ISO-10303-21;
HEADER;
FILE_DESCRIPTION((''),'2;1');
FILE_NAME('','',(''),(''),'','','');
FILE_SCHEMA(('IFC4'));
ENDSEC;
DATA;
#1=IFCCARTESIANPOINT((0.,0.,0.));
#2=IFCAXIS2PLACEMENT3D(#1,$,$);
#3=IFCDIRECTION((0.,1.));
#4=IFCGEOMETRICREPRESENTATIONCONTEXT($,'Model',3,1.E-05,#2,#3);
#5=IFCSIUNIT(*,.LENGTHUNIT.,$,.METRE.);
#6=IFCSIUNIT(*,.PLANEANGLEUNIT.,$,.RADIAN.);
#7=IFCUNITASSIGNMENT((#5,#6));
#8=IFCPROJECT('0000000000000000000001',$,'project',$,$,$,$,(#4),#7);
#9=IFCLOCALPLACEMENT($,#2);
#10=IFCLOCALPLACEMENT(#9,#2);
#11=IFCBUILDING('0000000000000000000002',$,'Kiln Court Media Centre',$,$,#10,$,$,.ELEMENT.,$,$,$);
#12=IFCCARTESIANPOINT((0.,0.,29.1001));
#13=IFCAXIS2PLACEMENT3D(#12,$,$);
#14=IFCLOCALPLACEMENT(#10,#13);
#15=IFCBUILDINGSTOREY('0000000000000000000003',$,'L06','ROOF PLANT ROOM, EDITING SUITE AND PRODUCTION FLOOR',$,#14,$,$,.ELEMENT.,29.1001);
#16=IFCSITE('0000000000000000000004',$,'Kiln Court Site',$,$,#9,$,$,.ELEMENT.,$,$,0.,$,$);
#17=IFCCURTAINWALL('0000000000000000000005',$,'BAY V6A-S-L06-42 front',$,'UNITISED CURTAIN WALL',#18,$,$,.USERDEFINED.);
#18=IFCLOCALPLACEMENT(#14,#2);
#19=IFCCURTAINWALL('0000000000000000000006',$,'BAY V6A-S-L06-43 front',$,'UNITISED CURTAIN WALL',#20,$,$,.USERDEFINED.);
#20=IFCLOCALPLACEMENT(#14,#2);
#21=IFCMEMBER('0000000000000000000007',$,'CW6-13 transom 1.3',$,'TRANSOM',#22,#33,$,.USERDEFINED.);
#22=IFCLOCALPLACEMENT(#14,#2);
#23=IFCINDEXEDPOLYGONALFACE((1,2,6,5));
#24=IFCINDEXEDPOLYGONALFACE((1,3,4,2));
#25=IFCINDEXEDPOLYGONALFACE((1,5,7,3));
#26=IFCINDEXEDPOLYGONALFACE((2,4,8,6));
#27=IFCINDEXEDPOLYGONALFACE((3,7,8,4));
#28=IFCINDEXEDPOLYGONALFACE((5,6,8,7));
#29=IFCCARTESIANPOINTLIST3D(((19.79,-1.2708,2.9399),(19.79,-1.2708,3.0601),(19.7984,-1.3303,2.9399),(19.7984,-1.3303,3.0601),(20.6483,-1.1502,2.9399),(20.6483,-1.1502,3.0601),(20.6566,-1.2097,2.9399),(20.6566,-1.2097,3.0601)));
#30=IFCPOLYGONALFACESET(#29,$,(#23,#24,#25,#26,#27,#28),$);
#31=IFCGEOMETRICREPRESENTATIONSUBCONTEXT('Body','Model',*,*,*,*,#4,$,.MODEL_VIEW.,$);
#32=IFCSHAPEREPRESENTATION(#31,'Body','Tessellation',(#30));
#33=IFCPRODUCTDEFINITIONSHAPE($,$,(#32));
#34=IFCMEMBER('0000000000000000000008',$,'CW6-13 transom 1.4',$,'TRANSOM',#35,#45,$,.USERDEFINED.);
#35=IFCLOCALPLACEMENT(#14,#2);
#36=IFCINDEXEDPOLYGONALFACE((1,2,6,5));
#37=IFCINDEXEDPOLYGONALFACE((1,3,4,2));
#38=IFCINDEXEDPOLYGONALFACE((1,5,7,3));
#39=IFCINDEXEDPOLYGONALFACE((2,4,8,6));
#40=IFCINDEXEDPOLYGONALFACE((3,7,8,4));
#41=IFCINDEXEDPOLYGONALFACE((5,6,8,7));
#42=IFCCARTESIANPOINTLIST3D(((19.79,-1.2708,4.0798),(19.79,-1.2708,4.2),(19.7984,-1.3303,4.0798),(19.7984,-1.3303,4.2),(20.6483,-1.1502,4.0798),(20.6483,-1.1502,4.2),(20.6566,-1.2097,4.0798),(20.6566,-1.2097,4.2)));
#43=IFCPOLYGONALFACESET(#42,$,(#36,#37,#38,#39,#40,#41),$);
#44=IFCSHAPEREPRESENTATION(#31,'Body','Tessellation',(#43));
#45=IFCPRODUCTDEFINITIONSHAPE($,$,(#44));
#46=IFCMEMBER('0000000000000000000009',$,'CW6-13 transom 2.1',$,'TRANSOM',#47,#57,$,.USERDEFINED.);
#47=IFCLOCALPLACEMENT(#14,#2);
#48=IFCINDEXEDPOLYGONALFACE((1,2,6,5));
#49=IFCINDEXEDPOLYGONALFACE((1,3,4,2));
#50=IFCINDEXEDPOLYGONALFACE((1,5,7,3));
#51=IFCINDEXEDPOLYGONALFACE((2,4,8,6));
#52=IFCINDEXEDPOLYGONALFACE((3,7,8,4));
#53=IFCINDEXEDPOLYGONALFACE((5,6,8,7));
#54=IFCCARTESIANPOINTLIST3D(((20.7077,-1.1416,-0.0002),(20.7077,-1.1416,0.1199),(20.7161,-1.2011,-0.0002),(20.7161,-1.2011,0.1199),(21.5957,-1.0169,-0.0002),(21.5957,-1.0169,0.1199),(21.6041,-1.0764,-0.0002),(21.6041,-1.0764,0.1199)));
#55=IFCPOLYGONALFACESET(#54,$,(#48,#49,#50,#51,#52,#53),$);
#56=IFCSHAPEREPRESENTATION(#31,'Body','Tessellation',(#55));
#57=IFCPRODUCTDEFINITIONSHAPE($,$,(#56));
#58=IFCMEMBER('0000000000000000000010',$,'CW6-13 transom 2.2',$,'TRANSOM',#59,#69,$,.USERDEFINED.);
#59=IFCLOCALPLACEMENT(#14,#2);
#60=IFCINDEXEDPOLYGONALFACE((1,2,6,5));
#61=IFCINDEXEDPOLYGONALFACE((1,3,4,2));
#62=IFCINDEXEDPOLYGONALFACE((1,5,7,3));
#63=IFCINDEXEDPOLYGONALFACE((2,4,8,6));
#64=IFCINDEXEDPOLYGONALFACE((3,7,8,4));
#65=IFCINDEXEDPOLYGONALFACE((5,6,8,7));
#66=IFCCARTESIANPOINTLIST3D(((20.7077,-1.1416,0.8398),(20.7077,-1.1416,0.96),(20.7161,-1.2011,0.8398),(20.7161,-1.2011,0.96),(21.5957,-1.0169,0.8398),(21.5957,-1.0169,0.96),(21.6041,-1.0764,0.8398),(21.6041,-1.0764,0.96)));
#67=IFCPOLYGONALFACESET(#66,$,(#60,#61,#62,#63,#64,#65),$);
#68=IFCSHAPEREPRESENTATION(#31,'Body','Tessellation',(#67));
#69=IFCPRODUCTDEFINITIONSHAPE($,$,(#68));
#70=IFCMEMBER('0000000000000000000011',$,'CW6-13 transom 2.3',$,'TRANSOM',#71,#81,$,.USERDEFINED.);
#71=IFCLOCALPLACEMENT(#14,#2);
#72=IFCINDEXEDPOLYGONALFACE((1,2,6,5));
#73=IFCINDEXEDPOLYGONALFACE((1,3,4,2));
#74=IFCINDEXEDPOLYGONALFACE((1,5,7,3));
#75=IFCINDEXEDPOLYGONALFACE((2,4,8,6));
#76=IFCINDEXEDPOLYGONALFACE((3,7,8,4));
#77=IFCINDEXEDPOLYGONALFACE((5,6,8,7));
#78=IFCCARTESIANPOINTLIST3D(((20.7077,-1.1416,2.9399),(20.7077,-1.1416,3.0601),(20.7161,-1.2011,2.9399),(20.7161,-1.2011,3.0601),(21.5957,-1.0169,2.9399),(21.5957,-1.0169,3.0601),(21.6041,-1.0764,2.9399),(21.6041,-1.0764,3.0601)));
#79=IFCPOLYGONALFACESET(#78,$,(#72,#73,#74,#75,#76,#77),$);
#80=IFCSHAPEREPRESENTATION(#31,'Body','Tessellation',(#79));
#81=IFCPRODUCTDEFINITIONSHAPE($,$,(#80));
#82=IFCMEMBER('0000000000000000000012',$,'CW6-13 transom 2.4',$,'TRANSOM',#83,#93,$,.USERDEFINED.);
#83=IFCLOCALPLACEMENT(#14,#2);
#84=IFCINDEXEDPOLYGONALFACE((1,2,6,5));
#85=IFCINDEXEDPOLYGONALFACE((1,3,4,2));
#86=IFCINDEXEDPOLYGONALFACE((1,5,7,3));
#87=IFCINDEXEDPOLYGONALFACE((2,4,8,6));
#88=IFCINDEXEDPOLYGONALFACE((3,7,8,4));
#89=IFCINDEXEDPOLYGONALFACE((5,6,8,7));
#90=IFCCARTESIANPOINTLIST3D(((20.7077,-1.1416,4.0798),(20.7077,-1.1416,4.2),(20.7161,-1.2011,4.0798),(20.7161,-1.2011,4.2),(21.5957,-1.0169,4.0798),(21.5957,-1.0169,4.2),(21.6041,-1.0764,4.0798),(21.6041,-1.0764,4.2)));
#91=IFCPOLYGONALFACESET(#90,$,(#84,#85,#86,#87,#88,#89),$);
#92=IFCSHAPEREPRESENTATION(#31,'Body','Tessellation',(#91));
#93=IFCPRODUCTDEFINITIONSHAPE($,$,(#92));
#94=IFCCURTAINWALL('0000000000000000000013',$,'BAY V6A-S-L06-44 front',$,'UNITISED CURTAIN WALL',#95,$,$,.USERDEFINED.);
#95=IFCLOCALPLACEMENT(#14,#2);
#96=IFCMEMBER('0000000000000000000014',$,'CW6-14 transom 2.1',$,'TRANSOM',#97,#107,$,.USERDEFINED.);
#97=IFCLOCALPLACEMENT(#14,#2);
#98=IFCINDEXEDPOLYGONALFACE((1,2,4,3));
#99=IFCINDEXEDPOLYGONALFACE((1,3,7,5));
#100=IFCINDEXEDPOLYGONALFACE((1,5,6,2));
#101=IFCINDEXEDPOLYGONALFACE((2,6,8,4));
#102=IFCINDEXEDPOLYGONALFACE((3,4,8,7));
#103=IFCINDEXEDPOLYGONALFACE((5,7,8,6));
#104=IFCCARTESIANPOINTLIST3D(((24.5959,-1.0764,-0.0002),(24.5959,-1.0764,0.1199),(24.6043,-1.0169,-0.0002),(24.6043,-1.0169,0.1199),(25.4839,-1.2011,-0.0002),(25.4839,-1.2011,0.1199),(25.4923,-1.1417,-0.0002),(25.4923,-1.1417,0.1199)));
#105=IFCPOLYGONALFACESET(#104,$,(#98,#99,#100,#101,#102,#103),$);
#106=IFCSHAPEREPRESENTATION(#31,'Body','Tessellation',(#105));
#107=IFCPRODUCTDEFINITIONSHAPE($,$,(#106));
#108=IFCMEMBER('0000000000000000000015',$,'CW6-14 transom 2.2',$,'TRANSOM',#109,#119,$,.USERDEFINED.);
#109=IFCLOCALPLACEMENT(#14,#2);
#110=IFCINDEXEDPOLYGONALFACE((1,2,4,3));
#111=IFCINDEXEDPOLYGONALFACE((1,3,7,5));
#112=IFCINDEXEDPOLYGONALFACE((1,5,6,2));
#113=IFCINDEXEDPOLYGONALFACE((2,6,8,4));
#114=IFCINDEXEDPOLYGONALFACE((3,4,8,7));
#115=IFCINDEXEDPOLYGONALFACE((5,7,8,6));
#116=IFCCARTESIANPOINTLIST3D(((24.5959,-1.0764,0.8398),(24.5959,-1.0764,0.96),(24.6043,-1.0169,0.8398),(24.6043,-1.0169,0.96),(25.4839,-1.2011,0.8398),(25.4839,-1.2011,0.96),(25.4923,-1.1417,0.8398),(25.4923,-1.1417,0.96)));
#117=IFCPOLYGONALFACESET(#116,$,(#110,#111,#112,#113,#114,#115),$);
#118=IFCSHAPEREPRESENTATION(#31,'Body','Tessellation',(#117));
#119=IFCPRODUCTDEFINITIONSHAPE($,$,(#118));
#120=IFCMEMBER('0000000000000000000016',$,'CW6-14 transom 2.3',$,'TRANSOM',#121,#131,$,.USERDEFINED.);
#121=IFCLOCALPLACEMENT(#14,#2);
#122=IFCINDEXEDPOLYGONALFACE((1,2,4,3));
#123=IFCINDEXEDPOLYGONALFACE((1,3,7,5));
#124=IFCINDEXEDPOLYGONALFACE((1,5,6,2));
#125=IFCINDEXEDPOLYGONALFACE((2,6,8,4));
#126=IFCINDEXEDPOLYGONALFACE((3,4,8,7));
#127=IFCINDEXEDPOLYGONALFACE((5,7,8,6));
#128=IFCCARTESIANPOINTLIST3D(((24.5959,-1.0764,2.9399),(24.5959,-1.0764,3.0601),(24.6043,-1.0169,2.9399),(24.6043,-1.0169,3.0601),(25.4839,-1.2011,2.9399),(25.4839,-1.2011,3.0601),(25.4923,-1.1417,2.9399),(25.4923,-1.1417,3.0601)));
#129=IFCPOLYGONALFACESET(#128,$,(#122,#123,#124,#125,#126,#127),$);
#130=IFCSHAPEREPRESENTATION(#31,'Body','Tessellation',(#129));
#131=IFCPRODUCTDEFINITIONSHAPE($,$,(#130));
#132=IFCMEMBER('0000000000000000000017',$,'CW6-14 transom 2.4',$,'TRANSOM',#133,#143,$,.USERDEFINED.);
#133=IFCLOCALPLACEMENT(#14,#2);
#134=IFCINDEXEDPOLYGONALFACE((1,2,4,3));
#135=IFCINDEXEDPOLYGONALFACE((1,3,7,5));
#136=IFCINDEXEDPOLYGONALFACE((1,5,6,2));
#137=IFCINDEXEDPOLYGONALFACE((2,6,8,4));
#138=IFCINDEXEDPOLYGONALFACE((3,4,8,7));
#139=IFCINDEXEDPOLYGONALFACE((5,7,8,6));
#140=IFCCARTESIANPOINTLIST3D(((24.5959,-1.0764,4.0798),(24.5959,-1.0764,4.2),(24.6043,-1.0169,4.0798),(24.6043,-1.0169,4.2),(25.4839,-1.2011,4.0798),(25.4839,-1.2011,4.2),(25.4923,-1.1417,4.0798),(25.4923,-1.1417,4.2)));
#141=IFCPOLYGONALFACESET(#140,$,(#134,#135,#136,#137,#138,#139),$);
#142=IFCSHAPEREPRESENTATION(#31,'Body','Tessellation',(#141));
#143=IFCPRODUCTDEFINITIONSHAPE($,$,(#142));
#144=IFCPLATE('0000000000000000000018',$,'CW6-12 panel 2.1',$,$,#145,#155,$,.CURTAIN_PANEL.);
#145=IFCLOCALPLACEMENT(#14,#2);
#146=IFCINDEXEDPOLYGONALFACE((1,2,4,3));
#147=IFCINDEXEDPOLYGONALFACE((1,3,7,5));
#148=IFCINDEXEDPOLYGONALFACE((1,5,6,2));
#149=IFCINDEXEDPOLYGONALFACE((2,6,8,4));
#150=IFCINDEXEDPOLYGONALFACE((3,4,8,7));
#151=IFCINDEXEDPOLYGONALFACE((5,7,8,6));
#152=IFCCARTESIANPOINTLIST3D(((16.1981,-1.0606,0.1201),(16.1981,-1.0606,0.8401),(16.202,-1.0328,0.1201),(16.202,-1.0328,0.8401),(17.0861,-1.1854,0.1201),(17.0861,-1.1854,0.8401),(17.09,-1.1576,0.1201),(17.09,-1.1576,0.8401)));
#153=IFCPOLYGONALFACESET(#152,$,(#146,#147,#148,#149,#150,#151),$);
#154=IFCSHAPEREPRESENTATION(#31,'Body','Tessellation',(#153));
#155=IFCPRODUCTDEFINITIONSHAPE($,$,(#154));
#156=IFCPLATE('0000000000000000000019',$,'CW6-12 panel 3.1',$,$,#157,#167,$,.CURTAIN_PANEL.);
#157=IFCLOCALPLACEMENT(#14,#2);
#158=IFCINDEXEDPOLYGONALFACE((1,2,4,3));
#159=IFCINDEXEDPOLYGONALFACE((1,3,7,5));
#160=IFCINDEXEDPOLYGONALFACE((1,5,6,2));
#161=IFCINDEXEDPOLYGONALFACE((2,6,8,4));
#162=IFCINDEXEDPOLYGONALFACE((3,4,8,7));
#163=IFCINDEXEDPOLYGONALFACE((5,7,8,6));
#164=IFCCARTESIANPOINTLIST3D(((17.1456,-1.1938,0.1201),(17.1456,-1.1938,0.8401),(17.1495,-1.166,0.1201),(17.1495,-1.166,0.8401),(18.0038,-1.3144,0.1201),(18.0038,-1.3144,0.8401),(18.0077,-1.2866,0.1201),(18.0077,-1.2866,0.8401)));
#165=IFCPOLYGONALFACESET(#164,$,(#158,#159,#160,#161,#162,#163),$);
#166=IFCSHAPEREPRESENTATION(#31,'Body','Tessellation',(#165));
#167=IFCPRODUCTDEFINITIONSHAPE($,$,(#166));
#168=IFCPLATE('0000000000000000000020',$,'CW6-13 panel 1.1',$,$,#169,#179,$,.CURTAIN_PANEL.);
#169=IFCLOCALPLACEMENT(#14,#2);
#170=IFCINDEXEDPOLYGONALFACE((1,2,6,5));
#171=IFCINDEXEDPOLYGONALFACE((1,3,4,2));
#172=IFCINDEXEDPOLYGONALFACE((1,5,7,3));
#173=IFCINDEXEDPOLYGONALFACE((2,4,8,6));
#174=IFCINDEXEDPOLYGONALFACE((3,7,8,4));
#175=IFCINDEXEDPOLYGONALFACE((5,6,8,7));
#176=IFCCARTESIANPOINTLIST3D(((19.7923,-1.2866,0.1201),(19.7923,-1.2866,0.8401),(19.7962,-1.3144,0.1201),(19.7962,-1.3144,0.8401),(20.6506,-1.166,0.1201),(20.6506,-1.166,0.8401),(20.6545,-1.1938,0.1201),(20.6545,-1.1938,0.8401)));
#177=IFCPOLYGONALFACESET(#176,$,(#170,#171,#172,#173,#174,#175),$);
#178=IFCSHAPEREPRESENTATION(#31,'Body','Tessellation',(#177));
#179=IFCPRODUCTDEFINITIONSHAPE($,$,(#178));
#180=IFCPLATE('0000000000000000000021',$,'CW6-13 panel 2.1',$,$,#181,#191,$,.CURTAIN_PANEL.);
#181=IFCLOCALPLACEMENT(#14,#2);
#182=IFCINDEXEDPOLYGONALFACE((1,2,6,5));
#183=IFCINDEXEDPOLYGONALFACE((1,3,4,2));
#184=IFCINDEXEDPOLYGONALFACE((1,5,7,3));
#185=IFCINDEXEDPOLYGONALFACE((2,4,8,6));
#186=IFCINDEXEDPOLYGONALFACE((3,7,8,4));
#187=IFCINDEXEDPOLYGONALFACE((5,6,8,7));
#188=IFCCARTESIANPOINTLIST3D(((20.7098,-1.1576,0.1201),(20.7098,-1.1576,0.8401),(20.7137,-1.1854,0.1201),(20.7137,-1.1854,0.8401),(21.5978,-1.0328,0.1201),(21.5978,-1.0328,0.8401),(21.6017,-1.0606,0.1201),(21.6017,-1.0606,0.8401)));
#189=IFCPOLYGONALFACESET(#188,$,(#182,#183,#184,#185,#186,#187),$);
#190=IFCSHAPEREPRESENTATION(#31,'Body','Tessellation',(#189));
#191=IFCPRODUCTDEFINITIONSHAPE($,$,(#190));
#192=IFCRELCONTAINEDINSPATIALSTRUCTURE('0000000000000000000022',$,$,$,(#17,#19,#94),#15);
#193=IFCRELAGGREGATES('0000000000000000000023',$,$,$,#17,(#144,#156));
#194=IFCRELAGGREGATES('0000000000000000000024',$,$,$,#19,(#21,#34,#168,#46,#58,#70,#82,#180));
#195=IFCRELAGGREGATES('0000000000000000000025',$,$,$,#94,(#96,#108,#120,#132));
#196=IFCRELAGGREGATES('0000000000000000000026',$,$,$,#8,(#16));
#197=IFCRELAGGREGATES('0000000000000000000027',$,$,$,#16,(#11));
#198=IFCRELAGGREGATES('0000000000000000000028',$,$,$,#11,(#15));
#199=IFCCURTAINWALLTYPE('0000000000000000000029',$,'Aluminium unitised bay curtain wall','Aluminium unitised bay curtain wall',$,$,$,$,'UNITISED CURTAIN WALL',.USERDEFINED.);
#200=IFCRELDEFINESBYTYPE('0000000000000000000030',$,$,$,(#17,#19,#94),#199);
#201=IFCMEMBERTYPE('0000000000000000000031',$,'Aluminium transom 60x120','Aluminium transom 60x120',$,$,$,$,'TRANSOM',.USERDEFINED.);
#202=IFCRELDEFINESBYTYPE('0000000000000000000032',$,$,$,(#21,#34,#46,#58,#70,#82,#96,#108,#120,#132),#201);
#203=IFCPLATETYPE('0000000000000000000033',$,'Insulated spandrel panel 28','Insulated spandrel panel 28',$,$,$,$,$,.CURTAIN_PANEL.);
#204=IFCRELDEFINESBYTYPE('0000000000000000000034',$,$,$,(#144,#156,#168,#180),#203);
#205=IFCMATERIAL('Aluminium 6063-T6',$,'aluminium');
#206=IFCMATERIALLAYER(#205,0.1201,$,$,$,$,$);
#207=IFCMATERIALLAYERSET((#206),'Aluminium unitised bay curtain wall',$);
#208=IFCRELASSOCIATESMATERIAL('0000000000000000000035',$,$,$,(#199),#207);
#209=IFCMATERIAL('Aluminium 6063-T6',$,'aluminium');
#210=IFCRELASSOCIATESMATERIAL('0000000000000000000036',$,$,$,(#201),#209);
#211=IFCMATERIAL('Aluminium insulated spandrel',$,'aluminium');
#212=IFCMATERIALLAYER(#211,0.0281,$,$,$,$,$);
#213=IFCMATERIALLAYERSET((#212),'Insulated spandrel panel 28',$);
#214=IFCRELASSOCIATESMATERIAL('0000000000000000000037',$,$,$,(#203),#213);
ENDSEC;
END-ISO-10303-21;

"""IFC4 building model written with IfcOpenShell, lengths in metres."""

from ifc_helpers import new_model, si_unit, direction, frame, origin, origin_2d, place, context, subcontext, project, spatial, rectangle, extrude, material, layer, layer_set, material_profile, profile_set, type_object, element, aggregate, save


model = new_model("IFC4")

# Units and contexts
model_context = context("Model", 3, precision=1e-05, world=origin(), true_north=direction((0.0, 1.0)))
body_context = subcontext(model_context, "Body", "Model", "MODEL_VIEW")
ifc_project = project(units=[si_unit("LENGTHUNIT", "METRE"), si_unit("PLANEANGLEUNIT", "RADIAN")], contexts=[model_context])

# Site, building, storey
site_placement = place(None, origin())
site = spatial("IfcSite", under=ifc_project, at=site_placement, Name="Kiln Court Site", CompositionType="ELEMENT", RefElevation=0.0)
building_placement = place(site_placement, origin())
building = spatial("IfcBuilding", under=site, at=building_placement, Name="Kiln Court Media Centre", CompositionType="ELEMENT")
storey_placement = place(building_placement, frame((0.0, 0.0, 29.1001)))
storey = spatial("IfcBuildingStorey", under=building, at=storey_placement, Name="L06", Description="ROOF PLANT ROOM, EDITING SUITE AND PRODUCTION FLOOR", CompositionType="ELEMENT", Elevation=29.1001)

# Curtain walls
ifc_material_1 = material(Name="Aluminium 6063-T6", Category="aluminium")
ifc_layer_1 = layer(ifc_material_1, 0.1201)
ifc_layer_set_1 = layer_set([ifc_layer_1], Name="Aluminium unitised bay curtain wall")
curtain_wall_type = type_object("IfcCurtainWallType", Name="Aluminium unitised bay curtain wall", Description="Aluminium unitised bay curtain wall", ElementType="UNITISED CURTAIN WALL", PredefinedType="USERDEFINED", material=ifc_layer_set_1)
curtain_wall_1_placement = place(storey_placement, origin())
curtain_wall_1 = element("IfcCurtainWall", 1, at=curtain_wall_1_placement, inside=storey, type_object=curtain_wall_type, Name="BAY V6A-S-L06-42 front", ObjectType="UNITISED CURTAIN WALL", PredefinedType="USERDEFINED")
curtain_wall_2_placement = place(storey_placement, origin())
curtain_wall_2 = element("IfcCurtainWall", 2, at=curtain_wall_2_placement, inside=storey, type_object=curtain_wall_type, Name="BAY V6A-S-L06-43 front", ObjectType="UNITISED CURTAIN WALL", PredefinedType="USERDEFINED")

# Members
ifc_material_2 = material(Name="Aluminium 6063-T6", Category="aluminium")
ifc_material_profile_1 = material_profile(ifc_material_2, rectangle(XDim=0.0601, YDim=0.1201, at=origin_2d()), Name="Aluminium transom 60x120")
ifc_profile_set_1 = profile_set([ifc_material_profile_1], Name="Aluminium 6063-T6")
member_type_1 = type_object("IfcMemberType", Name="Aluminium transom 60x120", Description="Aluminium transom 60x120", ElementType="TRANSOM", PredefinedType="USERDEFINED", material=ifc_profile_set_1)
member_1_placement = place(storey_placement, frame((19.7942, -1.3005, 3.0), z_axis=(0.990268, 0.139173, 0.0), x_axis=(-0.139173, 0.990268, 0.0)))
member_1 = element("IfcMember", 3, at=member_1_placement, type_object=member_type_1, Name="CW6-13 transom 1.3", ObjectType="TRANSOM", PredefinedType="USERDEFINED", context=body_context, shape_type="SweptSolid", body=[
    extrude(rectangle(XDim=0.0601, YDim=0.1201, at=origin_2d()), origin(), (0.0, 0.0, 1.0), 0.8667),
])
member_2_placement = place(storey_placement, frame((19.7942, -1.3005, 4.1399), z_axis=(0.990268, 0.139173, 0.0), x_axis=(-0.139173, 0.990268, 0.0)))
member_2 = element("IfcMember", 4, at=member_2_placement, type_object=member_type_1, Name="CW6-13 transom 1.4", ObjectType="TRANSOM", PredefinedType="USERDEFINED", context=body_context, shape_type="SweptSolid", body=[
    extrude(rectangle(XDim=0.0601, YDim=0.1201, at=origin_2d()), origin(), (0.0, 0.0, 1.0), 0.8667),
])
member_3_placement = place(storey_placement, frame((20.7119, -1.1714, 0.0598), z_axis=(0.990274, 0.139134, 0.0), x_axis=(-0.139134, 0.990274, 0.0)))
member_3 = element("IfcMember", 5, at=member_3_placement, type_object=member_type_1, Name="CW6-13 transom 2.1", ObjectType="TRANSOM", PredefinedType="USERDEFINED", context=body_context, shape_type="SweptSolid", body=[
    extrude(rectangle(XDim=0.0601, YDim=0.1201, at=origin_2d()), origin(), (0.0, 0.0, 1.0), 0.8967),
])
member_4_placement = place(storey_placement, frame((20.7119, -1.1714, 0.8999), z_axis=(0.990274, 0.139134, 0.0), x_axis=(-0.139134, 0.990274, 0.0)))
member_4 = element("IfcMember", 6, at=member_4_placement, type_object=member_type_1, Name="CW6-13 transom 2.2", ObjectType="TRANSOM", PredefinedType="USERDEFINED", context=body_context, shape_type="SweptSolid", body=[
    extrude(rectangle(XDim=0.0601, YDim=0.1201, at=origin_2d()), origin(), (0.0, 0.0, 1.0), 0.8967),
])
member_5_placement = place(storey_placement, frame((20.7119, -1.1714, 3.0), z_axis=(0.990274, 0.139134, 0.0), x_axis=(-0.139134, 0.990274, 0.0)))
member_5 = element("IfcMember", 7, at=member_5_placement, type_object=member_type_1, Name="CW6-13 transom 2.3", ObjectType="TRANSOM", PredefinedType="USERDEFINED", context=body_context, shape_type="SweptSolid", body=[
    extrude(rectangle(XDim=0.0601, YDim=0.1201, at=origin_2d()), origin(), (0.0, 0.0, 1.0), 0.8967),
])
member_6_placement = place(storey_placement, frame((20.7119, -1.1714, 4.1399), z_axis=(0.990274, 0.139134, 0.0), x_axis=(-0.139134, 0.990274, 0.0)))
member_6 = element("IfcMember", 8, at=member_6_placement, type_object=member_type_1, Name="CW6-13 transom 2.4", ObjectType="TRANSOM", PredefinedType="USERDEFINED", context=body_context, shape_type="SweptSolid", body=[
    extrude(rectangle(XDim=0.0601, YDim=0.1201, at=origin_2d()), origin(), (0.0, 0.0, 1.0), 0.8967),
])

# Curtain wall, members
curtain_wall_3_placement = place(storey_placement, origin())
curtain_wall_3 = element("IfcCurtainWall", 9, at=curtain_wall_3_placement, inside=storey, type_object=curtain_wall_type, Name="BAY V6A-S-L06-44 front", ObjectType="UNITISED CURTAIN WALL", PredefinedType="USERDEFINED")
member_7_placement = place(storey_placement, frame((24.6001, -1.0466, 0.0598), z_axis=(0.990274, -0.139134, 0.0), x_axis=(0.139134, 0.990274, 0.0)))
member_7 = element("IfcMember", 10, at=member_7_placement, type_object=member_type_1, Name="CW6-14 transom 2.1", ObjectType="TRANSOM", PredefinedType="USERDEFINED", context=body_context, shape_type="SweptSolid", body=[
    extrude(rectangle(XDim=0.0601, YDim=0.1201, at=origin_2d()), origin(), (0.0, 0.0, 1.0), 0.8967),
])
member_8_placement = place(storey_placement, frame((24.6001, -1.0466, 0.8999), z_axis=(0.990274, -0.139134, 0.0), x_axis=(0.139134, 0.990274, 0.0)))
member_8 = element("IfcMember", 11, at=member_8_placement, type_object=member_type_1, Name="CW6-14 transom 2.2", ObjectType="TRANSOM", PredefinedType="USERDEFINED", context=body_context, shape_type="SweptSolid", body=[
    extrude(rectangle(XDim=0.0601, YDim=0.1201, at=origin_2d()), origin(), (0.0, 0.0, 1.0), 0.8967),
])
member_9_placement = place(storey_placement, frame((24.6001, -1.0466, 3.0), z_axis=(0.990274, -0.139134, 0.0), x_axis=(0.139134, 0.990274, 0.0)))
member_9 = element("IfcMember", 12, at=member_9_placement, type_object=member_type_1, Name="CW6-14 transom 2.3", ObjectType="TRANSOM", PredefinedType="USERDEFINED", context=body_context, shape_type="SweptSolid", body=[
    extrude(rectangle(XDim=0.0601, YDim=0.1201, at=origin_2d()), origin(), (0.0, 0.0, 1.0), 0.8967),
])
member_10_placement = place(storey_placement, frame((24.6001, -1.0466, 4.1399), z_axis=(0.990274, -0.139134, 0.0), x_axis=(0.139134, 0.990274, 0.0)))
member_10 = element("IfcMember", 13, at=member_10_placement, type_object=member_type_1, Name="CW6-14 transom 2.4", ObjectType="TRANSOM", PredefinedType="USERDEFINED", context=body_context, shape_type="SweptSolid", body=[
    extrude(rectangle(XDim=0.0601, YDim=0.1201, at=origin_2d()), origin(), (0.0, 0.0, 1.0), 0.8967),
])

# Plates
ifc_material_3 = material(Name="Aluminium insulated spandrel", Category="aluminium")
ifc_layer_2 = layer(ifc_material_3, 0.0281)
ifc_layer_set_2 = layer_set([ifc_layer_2], Name="Insulated spandrel panel 28")
plate_type_1 = type_object("IfcPlateType", Name="Insulated spandrel panel 28", Description="Insulated spandrel panel 28", PredefinedType="CURTAIN_PANEL", material=ifc_layer_set_2)
plate_1_placement = place(storey_placement, frame((16.644, -1.1091, 0.1201), z_axis=(0.0, 0.0, 1.0), x_axis=(0.99027, -0.139162, 0.0)))
plate_1 = element("IfcPlate", 14, at=plate_1_placement, type_object=plate_type_1, Name="CW6-12 panel 2.1", PredefinedType="CURTAIN_PANEL", context=body_context, shape_type="SweptSolid", body=[
    extrude(rectangle(XDim=0.8967, YDim=0.0281, at=origin_2d()), origin(), (0.0, 0.0, 1.0), 0.72),
])
plate_2_placement = place(storey_placement, frame((17.5767, -1.2402, 0.1201), z_axis=(0.0, 0.0, 1.0), x_axis=(0.99027, -0.139162, 0.0)))
plate_2 = element("IfcPlate", 15, at=plate_2_placement, type_object=plate_type_1, Name="CW6-12 panel 3.1", PredefinedType="CURTAIN_PANEL", context=body_context, shape_type="SweptSolid", body=[
    extrude(rectangle(XDim=0.8667, YDim=0.0281, at=origin_2d()), origin(), (0.0, 0.0, 1.0), 0.72),
])
plate_3_placement = place(storey_placement, frame((20.2234, -1.2402, 0.1201), z_axis=(0.0, 0.0, 1.0), x_axis=(0.99027, 0.139162, 0.0)))
plate_3 = element("IfcPlate", 16, at=plate_3_placement, type_object=plate_type_1, Name="CW6-13 panel 1.1", PredefinedType="CURTAIN_PANEL", context=body_context, shape_type="SweptSolid", body=[
    extrude(rectangle(XDim=0.8667, YDim=0.0281, at=origin_2d()), origin(), (0.0, 0.0, 1.0), 0.72),
])
plate_4_placement = place(storey_placement, frame((21.1558, -1.1091, 0.1201), z_axis=(0.0, 0.0, 1.0), x_axis=(0.99027, 0.139162, 0.0)))
plate_4 = element("IfcPlate", 17, at=plate_4_placement, type_object=plate_type_1, Name="CW6-13 panel 2.1", PredefinedType="CURTAIN_PANEL", context=body_context, shape_type="SweptSolid", body=[
    extrude(rectangle(XDim=0.8967, YDim=0.0281, at=origin_2d()), origin(), (0.0, 0.0, 1.0), 0.72),
])
aggregate(curtain_wall_1, [plate_1, plate_2])
aggregate(curtain_wall_2, [member_1, member_2, plate_3, member_3, member_4, member_5, member_6, plate_4])
aggregate(curtain_wall_3, [member_7, member_8, member_9, member_10])

save(model, "model.ifc")
